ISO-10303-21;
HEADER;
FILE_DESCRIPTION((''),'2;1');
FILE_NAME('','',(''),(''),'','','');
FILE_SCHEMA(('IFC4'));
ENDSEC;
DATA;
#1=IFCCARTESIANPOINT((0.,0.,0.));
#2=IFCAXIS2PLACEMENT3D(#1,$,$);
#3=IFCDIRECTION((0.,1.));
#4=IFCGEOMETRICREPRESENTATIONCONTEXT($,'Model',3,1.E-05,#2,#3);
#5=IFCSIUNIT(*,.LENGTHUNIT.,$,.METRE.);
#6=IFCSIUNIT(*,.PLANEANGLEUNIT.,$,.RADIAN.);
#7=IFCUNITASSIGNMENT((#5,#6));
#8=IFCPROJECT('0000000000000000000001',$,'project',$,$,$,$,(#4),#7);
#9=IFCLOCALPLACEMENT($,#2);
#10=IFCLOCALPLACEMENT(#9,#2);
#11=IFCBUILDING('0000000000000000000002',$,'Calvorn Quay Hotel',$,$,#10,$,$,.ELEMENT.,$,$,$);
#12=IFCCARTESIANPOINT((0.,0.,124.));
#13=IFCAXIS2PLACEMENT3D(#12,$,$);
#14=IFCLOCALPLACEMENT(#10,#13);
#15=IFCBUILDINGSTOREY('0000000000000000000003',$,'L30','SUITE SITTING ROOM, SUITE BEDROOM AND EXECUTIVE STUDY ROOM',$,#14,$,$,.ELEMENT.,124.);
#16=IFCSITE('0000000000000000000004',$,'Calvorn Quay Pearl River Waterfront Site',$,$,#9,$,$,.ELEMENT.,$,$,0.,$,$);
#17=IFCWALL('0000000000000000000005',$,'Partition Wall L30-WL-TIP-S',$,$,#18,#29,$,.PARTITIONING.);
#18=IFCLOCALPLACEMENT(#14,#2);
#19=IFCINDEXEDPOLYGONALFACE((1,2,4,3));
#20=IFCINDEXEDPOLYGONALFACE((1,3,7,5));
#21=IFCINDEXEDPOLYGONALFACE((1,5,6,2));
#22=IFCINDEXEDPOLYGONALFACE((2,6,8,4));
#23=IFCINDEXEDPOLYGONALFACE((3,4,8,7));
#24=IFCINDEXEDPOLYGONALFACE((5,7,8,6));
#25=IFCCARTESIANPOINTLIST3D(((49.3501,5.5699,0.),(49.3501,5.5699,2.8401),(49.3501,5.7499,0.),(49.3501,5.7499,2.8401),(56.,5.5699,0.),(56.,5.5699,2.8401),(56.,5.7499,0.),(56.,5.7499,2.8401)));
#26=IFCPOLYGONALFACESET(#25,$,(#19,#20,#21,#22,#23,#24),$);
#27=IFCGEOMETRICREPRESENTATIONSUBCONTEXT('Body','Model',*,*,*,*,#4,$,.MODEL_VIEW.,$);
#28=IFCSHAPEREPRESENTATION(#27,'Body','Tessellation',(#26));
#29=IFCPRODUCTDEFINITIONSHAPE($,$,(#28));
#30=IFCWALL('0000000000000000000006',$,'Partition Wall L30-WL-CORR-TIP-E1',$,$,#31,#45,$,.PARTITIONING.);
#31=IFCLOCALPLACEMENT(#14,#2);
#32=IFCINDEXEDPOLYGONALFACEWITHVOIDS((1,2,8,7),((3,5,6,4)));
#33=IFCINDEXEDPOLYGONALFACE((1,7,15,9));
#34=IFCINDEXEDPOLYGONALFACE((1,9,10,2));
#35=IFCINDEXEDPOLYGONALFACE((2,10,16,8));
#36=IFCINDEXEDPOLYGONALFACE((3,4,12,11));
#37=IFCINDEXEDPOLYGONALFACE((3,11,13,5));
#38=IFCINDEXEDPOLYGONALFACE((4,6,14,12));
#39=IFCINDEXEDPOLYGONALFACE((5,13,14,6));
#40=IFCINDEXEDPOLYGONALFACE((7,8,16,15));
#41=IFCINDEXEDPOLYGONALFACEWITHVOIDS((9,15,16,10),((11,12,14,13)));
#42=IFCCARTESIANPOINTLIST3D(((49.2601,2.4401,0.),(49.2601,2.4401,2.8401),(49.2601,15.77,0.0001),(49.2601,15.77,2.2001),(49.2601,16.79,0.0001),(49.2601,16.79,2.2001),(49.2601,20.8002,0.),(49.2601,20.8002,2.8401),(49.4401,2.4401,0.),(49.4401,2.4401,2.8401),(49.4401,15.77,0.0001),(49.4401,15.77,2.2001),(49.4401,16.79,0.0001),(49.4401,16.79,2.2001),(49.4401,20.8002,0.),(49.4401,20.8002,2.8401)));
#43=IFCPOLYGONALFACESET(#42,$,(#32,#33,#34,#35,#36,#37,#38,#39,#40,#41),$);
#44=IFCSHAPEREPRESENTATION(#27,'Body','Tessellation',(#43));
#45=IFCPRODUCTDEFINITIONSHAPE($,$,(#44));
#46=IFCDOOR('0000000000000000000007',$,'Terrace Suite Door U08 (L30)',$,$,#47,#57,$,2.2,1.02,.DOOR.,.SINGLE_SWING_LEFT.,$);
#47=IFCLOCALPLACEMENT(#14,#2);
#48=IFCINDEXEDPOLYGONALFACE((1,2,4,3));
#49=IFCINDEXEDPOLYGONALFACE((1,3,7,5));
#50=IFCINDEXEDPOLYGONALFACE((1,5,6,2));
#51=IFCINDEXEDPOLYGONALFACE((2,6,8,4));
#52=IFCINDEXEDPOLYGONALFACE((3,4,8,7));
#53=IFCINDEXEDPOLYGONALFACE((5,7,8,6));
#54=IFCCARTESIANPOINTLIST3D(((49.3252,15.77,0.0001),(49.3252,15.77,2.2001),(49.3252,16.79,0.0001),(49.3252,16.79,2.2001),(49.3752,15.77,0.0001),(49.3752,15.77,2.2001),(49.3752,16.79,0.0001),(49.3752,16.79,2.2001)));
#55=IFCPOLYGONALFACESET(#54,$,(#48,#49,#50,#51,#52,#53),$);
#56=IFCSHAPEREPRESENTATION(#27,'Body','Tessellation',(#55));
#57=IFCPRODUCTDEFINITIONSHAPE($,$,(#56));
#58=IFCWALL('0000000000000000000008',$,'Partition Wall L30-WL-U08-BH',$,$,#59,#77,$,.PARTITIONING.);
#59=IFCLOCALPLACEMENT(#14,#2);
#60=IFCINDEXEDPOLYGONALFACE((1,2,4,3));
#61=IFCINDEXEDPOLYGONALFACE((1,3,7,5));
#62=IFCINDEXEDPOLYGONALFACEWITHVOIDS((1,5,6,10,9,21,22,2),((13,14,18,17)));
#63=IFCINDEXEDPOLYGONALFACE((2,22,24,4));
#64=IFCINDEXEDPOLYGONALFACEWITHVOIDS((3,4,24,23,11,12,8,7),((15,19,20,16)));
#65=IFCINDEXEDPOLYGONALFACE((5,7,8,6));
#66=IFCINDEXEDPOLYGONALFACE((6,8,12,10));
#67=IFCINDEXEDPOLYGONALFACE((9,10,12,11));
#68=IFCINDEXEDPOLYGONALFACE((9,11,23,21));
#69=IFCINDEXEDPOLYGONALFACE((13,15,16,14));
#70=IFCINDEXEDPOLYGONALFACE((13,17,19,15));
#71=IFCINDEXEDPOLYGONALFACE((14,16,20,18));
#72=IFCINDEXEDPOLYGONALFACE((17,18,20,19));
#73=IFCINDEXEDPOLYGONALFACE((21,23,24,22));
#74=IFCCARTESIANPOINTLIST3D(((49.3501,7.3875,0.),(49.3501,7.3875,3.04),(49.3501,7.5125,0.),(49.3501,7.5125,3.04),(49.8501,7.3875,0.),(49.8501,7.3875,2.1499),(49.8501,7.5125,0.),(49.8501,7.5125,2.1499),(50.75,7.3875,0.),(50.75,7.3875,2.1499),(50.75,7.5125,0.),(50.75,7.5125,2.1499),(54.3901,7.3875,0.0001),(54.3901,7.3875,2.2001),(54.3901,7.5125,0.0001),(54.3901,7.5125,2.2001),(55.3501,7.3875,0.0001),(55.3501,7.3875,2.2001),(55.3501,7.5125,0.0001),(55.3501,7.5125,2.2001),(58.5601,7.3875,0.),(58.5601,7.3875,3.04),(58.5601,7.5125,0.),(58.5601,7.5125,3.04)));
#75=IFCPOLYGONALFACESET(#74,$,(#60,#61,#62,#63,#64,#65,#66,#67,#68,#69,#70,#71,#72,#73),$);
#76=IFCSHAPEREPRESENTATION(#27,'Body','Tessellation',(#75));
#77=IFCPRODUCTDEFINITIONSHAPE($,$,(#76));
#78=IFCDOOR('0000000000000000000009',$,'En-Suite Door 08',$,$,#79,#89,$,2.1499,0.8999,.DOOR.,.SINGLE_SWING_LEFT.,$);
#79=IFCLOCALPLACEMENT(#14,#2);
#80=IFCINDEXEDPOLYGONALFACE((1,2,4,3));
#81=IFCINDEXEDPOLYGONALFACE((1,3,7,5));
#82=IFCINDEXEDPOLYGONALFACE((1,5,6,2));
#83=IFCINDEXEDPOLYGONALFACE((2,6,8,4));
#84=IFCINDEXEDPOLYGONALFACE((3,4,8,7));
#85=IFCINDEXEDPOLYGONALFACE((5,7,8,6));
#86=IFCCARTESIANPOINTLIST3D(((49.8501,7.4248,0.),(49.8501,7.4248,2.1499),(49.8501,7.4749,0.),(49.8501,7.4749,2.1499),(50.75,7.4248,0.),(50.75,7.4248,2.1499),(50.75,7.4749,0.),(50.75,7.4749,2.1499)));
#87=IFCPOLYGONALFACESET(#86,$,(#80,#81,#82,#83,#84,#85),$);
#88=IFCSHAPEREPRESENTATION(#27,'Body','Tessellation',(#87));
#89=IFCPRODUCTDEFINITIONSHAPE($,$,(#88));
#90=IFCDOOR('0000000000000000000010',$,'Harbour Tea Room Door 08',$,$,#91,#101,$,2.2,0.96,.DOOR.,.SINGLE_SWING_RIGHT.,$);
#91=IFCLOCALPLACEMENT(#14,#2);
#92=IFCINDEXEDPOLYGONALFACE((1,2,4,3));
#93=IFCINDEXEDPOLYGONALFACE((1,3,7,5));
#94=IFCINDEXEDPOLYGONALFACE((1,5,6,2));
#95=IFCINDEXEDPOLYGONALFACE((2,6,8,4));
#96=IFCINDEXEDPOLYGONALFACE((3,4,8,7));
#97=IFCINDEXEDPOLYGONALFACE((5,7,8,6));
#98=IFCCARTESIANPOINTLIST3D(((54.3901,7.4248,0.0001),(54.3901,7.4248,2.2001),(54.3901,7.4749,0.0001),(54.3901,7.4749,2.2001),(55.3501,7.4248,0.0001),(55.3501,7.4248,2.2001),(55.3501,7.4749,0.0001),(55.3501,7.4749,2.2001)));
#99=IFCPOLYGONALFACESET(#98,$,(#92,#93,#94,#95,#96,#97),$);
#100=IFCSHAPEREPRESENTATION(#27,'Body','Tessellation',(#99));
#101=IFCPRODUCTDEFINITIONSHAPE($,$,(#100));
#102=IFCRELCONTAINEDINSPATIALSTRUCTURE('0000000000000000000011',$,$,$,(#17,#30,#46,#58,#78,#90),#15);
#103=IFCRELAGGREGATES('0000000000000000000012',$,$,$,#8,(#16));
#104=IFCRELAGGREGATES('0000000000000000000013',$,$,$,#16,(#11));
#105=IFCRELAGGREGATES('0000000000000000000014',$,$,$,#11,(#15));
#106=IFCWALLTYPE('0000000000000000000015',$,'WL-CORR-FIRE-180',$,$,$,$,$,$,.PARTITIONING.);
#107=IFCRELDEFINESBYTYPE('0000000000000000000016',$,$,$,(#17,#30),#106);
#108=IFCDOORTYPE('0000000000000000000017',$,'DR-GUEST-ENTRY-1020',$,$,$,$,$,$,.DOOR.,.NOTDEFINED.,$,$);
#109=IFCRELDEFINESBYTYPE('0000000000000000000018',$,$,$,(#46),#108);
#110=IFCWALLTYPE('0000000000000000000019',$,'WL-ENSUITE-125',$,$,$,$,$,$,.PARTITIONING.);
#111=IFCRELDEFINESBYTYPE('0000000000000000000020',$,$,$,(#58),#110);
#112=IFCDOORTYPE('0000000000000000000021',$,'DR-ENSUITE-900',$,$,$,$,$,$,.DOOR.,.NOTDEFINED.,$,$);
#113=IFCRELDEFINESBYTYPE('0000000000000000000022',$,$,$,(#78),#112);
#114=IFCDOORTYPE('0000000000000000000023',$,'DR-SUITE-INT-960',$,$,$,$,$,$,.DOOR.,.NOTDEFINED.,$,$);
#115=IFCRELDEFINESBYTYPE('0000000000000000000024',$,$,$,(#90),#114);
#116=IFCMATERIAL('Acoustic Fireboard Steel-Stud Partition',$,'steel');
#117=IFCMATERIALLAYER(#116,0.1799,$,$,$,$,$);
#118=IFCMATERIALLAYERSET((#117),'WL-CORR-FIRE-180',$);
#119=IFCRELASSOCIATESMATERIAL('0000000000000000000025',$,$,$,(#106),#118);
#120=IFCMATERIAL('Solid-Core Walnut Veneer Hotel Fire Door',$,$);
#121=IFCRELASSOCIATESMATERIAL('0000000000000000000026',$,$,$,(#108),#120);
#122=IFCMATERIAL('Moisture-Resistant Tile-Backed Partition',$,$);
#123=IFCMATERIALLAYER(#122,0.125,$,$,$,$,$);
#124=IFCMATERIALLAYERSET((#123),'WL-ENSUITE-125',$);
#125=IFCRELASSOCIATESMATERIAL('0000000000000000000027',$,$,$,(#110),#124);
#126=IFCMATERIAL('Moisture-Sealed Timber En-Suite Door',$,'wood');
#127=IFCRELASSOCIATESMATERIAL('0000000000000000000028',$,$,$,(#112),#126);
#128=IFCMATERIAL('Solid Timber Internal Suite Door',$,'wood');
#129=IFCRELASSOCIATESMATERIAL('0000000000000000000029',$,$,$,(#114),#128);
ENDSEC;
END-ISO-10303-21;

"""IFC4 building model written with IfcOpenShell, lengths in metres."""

from ifc_helpers import new_model, si_unit, direction, frame, frame_2d, origin, place, context, subcontext, project, spatial, rectangle, extrude, material, layer, layer_set, type_object, element, fill, save


model = new_model("IFC4")

# Units and contexts
model_context = context("Model", 3, precision=1e-05, world=origin(), true_north=direction((0.0, 1.0)))
body_context = subcontext(model_context, "Body", "Model", "MODEL_VIEW")
ifc_project = project(units=[si_unit("LENGTHUNIT", "METRE"), si_unit("PLANEANGLEUNIT", "RADIAN")], contexts=[model_context])

# Site, building, storey
site_placement = place(None, origin())
site = spatial("IfcSite", under=ifc_project, at=site_placement, Name="Calvorn Quay Pearl River Waterfront Site", CompositionType="ELEMENT", RefElevation=0.0)
building_placement = place(site_placement, origin())
building = spatial("IfcBuilding", under=site, at=building_placement, Name="Calvorn Quay Hotel", CompositionType="ELEMENT")
storey_placement = place(building_placement, frame((0.0, 0.0, 124.0)))
storey = spatial("IfcBuildingStorey", under=building, at=storey_placement, Name="L30", Description="SUITE SITTING ROOM, SUITE BEDROOM AND EXECUTIVE STUDY ROOM", CompositionType="ELEMENT", Elevation=124.0)

# Wall
ifc_material_1 = material(Name="Acoustic Fireboard Steel-Stud Partition", Category="steel")
ifc_layer_1 = layer(ifc_material_1, 0.1799)
ifc_layer_set_1 = layer_set([ifc_layer_1], Name="WL-CORR-FIRE-180")
wall_type_1 = type_object("IfcWallType", Name="WL-CORR-FIRE-180", PredefinedType="PARTITIONING", material=ifc_layer_set_1)
wall_1_placement = place(storey_placement, frame((49.3501, 5.6599, 0.0), z_axis=(0.0, 0.0, 1.0), x_axis=(1.0, 0.0, 0.0)))
element("IfcWall", 1, at=wall_1_placement, inside=storey, type_object=wall_type_1, Name="Partition Wall L30-WL-TIP-S", PredefinedType="PARTITIONING", context=body_context, shape_type="SweptSolid", body=[
    extrude(rectangle(XDim=6.6499, YDim=0.1799, at=frame_2d((3.325, 0.0))), origin(), (0.0, 0.0, 1.0), 2.8401),
])

# Wall, opening, door
wall_2_placement = place(storey_placement, frame((49.3501, 2.4399, 0.0), z_axis=(0.0, 0.0, 1.0), x_axis=(0.0, 1.0, 0.0)))
wall_2 = element("IfcWall", 2, at=wall_2_placement, inside=storey, type_object=wall_type_1, Name="Partition Wall L30-WL-CORR-TIP-E1", PredefinedType="PARTITIONING", context=body_context, shape_type="SweptSolid", body=[
    extrude(rectangle(XDim=18.3601, YDim=0.1799, at=frame_2d((9.1802, 0.0))), origin(), (0.0, 0.0, 1.0), 2.8401),
])
opening_1_placement = place(wall_2_placement, frame((13.3301, 0.0, 0.0)))
opening_1 = element("IfcOpeningElement", 3, at=opening_1_placement, cuts=wall_2, PredefinedType="OPENING", context=body_context, shape_type="SweptSolid", body=[
    extrude(rectangle(XDim=1.02, YDim=2.2, at=frame_2d((0.51, 1.1001))), frame((0.0, 0.0999, 0.0), z_axis=(0.0, -1.0, 0.0), x_axis=(1.0, 0.0, 0.0)), (0.0, 0.0, 1.0), 0.2),
])
ifc_material_2 = material(Name="Solid-Core Walnut Veneer Hotel Fire Door")
door_type_1 = type_object("IfcDoorType", Name="DR-GUEST-ENTRY-1020", OperationType="NOTDEFINED", PredefinedType="DOOR", material=ifc_material_2)
door_1_placement = place(opening_1_placement, origin())
door_1 = element("IfcDoor", 4, at=door_1_placement, inside=storey, type_object=door_type_1, Name="Terrace Suite Door U08 (L30)", OperationType="SINGLE_SWING_LEFT", OverallHeight=2.2, OverallWidth=1.02, PredefinedType="DOOR", context=body_context, shape_type="SweptSolid", body=[
    extrude(rectangle(XDim=1.02, YDim=2.2, at=frame_2d((0.51, 1.1001))), frame((0.0, 0.0249, 0.0), z_axis=(0.0, -1.0, 0.0), x_axis=(1.0, 0.0, 0.0)), (0.0, 0.0, 1.0), 0.05),
])
fill(opening_1, door_1)

# Wall, openings, doors
ifc_material_3 = material(Name="Moisture-Resistant Tile-Backed Partition")
ifc_layer_2 = layer(ifc_material_3, 0.125)
ifc_layer_set_2 = layer_set([ifc_layer_2], Name="WL-ENSUITE-125")
wall_type_2 = type_object("IfcWallType", Name="WL-ENSUITE-125", PredefinedType="PARTITIONING", material=ifc_layer_set_2)
wall_3_placement = place(storey_placement, frame((49.3501, 7.45, 0.0), z_axis=(0.0, 0.0, 1.0), x_axis=(1.0, 0.0, 0.0)))
wall_3 = element("IfcWall", 5, at=wall_3_placement, inside=storey, type_object=wall_type_2, Name="Partition Wall L30-WL-U08-BH", PredefinedType="PARTITIONING", context=body_context, shape_type="SweptSolid", body=[
    extrude(rectangle(XDim=9.21, YDim=0.125, at=frame_2d((4.605, 0.0))), origin(), (0.0, 0.0, 1.0), 3.04),
])
opening_2_placement = place(wall_3_placement, frame((0.5, 0.0, 0.0)))
opening_2 = element("IfcOpeningElement", 6, at=opening_2_placement, cuts=wall_3, PredefinedType="OPENING", context=body_context, shape_type="SweptSolid", body=[
    extrude(rectangle(XDim=0.8999, YDim=2.1499, at=frame_2d((0.45, 1.075))), frame((0.0, 0.0725, 0.0), z_axis=(0.0, -1.0, 0.0), x_axis=(1.0, 0.0, 0.0)), (0.0, 0.0, 1.0), 0.145),
])
opening_3_placement = place(wall_3_placement, frame((5.04, 0.0, 0.0)))
opening_3 = element("IfcOpeningElement", 7, at=opening_3_placement, cuts=wall_3, PredefinedType="OPENING", context=body_context, shape_type="SweptSolid", body=[
    extrude(rectangle(XDim=0.96, YDim=2.2, at=frame_2d((0.48, 1.1001))), frame((0.0, 0.0725, 0.0), z_axis=(0.0, -1.0, 0.0), x_axis=(1.0, 0.0, 0.0)), (0.0, 0.0, 1.0), 0.145),
])
ifc_material_4 = material(Name="Moisture-Sealed Timber En-Suite Door", Category="wood")
door_type_2 = type_object("IfcDoorType", Name="DR-ENSUITE-900", OperationType="NOTDEFINED", PredefinedType="DOOR", material=ifc_material_4)
door_2_placement = place(opening_2_placement, origin())
door_2 = element("IfcDoor", 8, at=door_2_placement, inside=storey, type_object=door_type_2, Name="En-Suite Door 08", OperationType="SINGLE_SWING_LEFT", OverallHeight=2.1499, OverallWidth=0.8999, PredefinedType="DOOR", context=body_context, shape_type="SweptSolid", body=[
    extrude(rectangle(XDim=0.8999, YDim=2.1499, at=frame_2d((0.45, 1.075))), frame((0.0, 0.0249, 0.0), z_axis=(0.0, -1.0, 0.0), x_axis=(1.0, 0.0, 0.0)), (0.0, 0.0, 1.0), 0.05),
])
fill(opening_2, door_2)
ifc_material_5 = material(Name="Solid Timber Internal Suite Door", Category="wood")
door_type_3 = type_object("IfcDoorType", Name="DR-SUITE-INT-960", OperationType="NOTDEFINED", PredefinedType="DOOR", material=ifc_material_5)
door_3_placement = place(opening_3_placement, origin())
door_3 = element("IfcDoor", 9, at=door_3_placement, inside=storey, type_object=door_type_3, Name="Harbour Tea Room Door 08", OperationType="SINGLE_SWING_RIGHT", OverallHeight=2.2, OverallWidth=0.96, PredefinedType="DOOR", context=body_context, shape_type="SweptSolid", body=[
    extrude(rectangle(XDim=0.96, YDim=2.2, at=frame_2d((0.48, 1.1001))), frame((0.0, 0.0249, 0.0), z_axis=(0.0, -1.0, 0.0), x_axis=(1.0, 0.0, 0.0)), (0.0, 0.0, 1.0), 0.05),
])
fill(opening_3, door_3)

save(model, "model.ifc")
